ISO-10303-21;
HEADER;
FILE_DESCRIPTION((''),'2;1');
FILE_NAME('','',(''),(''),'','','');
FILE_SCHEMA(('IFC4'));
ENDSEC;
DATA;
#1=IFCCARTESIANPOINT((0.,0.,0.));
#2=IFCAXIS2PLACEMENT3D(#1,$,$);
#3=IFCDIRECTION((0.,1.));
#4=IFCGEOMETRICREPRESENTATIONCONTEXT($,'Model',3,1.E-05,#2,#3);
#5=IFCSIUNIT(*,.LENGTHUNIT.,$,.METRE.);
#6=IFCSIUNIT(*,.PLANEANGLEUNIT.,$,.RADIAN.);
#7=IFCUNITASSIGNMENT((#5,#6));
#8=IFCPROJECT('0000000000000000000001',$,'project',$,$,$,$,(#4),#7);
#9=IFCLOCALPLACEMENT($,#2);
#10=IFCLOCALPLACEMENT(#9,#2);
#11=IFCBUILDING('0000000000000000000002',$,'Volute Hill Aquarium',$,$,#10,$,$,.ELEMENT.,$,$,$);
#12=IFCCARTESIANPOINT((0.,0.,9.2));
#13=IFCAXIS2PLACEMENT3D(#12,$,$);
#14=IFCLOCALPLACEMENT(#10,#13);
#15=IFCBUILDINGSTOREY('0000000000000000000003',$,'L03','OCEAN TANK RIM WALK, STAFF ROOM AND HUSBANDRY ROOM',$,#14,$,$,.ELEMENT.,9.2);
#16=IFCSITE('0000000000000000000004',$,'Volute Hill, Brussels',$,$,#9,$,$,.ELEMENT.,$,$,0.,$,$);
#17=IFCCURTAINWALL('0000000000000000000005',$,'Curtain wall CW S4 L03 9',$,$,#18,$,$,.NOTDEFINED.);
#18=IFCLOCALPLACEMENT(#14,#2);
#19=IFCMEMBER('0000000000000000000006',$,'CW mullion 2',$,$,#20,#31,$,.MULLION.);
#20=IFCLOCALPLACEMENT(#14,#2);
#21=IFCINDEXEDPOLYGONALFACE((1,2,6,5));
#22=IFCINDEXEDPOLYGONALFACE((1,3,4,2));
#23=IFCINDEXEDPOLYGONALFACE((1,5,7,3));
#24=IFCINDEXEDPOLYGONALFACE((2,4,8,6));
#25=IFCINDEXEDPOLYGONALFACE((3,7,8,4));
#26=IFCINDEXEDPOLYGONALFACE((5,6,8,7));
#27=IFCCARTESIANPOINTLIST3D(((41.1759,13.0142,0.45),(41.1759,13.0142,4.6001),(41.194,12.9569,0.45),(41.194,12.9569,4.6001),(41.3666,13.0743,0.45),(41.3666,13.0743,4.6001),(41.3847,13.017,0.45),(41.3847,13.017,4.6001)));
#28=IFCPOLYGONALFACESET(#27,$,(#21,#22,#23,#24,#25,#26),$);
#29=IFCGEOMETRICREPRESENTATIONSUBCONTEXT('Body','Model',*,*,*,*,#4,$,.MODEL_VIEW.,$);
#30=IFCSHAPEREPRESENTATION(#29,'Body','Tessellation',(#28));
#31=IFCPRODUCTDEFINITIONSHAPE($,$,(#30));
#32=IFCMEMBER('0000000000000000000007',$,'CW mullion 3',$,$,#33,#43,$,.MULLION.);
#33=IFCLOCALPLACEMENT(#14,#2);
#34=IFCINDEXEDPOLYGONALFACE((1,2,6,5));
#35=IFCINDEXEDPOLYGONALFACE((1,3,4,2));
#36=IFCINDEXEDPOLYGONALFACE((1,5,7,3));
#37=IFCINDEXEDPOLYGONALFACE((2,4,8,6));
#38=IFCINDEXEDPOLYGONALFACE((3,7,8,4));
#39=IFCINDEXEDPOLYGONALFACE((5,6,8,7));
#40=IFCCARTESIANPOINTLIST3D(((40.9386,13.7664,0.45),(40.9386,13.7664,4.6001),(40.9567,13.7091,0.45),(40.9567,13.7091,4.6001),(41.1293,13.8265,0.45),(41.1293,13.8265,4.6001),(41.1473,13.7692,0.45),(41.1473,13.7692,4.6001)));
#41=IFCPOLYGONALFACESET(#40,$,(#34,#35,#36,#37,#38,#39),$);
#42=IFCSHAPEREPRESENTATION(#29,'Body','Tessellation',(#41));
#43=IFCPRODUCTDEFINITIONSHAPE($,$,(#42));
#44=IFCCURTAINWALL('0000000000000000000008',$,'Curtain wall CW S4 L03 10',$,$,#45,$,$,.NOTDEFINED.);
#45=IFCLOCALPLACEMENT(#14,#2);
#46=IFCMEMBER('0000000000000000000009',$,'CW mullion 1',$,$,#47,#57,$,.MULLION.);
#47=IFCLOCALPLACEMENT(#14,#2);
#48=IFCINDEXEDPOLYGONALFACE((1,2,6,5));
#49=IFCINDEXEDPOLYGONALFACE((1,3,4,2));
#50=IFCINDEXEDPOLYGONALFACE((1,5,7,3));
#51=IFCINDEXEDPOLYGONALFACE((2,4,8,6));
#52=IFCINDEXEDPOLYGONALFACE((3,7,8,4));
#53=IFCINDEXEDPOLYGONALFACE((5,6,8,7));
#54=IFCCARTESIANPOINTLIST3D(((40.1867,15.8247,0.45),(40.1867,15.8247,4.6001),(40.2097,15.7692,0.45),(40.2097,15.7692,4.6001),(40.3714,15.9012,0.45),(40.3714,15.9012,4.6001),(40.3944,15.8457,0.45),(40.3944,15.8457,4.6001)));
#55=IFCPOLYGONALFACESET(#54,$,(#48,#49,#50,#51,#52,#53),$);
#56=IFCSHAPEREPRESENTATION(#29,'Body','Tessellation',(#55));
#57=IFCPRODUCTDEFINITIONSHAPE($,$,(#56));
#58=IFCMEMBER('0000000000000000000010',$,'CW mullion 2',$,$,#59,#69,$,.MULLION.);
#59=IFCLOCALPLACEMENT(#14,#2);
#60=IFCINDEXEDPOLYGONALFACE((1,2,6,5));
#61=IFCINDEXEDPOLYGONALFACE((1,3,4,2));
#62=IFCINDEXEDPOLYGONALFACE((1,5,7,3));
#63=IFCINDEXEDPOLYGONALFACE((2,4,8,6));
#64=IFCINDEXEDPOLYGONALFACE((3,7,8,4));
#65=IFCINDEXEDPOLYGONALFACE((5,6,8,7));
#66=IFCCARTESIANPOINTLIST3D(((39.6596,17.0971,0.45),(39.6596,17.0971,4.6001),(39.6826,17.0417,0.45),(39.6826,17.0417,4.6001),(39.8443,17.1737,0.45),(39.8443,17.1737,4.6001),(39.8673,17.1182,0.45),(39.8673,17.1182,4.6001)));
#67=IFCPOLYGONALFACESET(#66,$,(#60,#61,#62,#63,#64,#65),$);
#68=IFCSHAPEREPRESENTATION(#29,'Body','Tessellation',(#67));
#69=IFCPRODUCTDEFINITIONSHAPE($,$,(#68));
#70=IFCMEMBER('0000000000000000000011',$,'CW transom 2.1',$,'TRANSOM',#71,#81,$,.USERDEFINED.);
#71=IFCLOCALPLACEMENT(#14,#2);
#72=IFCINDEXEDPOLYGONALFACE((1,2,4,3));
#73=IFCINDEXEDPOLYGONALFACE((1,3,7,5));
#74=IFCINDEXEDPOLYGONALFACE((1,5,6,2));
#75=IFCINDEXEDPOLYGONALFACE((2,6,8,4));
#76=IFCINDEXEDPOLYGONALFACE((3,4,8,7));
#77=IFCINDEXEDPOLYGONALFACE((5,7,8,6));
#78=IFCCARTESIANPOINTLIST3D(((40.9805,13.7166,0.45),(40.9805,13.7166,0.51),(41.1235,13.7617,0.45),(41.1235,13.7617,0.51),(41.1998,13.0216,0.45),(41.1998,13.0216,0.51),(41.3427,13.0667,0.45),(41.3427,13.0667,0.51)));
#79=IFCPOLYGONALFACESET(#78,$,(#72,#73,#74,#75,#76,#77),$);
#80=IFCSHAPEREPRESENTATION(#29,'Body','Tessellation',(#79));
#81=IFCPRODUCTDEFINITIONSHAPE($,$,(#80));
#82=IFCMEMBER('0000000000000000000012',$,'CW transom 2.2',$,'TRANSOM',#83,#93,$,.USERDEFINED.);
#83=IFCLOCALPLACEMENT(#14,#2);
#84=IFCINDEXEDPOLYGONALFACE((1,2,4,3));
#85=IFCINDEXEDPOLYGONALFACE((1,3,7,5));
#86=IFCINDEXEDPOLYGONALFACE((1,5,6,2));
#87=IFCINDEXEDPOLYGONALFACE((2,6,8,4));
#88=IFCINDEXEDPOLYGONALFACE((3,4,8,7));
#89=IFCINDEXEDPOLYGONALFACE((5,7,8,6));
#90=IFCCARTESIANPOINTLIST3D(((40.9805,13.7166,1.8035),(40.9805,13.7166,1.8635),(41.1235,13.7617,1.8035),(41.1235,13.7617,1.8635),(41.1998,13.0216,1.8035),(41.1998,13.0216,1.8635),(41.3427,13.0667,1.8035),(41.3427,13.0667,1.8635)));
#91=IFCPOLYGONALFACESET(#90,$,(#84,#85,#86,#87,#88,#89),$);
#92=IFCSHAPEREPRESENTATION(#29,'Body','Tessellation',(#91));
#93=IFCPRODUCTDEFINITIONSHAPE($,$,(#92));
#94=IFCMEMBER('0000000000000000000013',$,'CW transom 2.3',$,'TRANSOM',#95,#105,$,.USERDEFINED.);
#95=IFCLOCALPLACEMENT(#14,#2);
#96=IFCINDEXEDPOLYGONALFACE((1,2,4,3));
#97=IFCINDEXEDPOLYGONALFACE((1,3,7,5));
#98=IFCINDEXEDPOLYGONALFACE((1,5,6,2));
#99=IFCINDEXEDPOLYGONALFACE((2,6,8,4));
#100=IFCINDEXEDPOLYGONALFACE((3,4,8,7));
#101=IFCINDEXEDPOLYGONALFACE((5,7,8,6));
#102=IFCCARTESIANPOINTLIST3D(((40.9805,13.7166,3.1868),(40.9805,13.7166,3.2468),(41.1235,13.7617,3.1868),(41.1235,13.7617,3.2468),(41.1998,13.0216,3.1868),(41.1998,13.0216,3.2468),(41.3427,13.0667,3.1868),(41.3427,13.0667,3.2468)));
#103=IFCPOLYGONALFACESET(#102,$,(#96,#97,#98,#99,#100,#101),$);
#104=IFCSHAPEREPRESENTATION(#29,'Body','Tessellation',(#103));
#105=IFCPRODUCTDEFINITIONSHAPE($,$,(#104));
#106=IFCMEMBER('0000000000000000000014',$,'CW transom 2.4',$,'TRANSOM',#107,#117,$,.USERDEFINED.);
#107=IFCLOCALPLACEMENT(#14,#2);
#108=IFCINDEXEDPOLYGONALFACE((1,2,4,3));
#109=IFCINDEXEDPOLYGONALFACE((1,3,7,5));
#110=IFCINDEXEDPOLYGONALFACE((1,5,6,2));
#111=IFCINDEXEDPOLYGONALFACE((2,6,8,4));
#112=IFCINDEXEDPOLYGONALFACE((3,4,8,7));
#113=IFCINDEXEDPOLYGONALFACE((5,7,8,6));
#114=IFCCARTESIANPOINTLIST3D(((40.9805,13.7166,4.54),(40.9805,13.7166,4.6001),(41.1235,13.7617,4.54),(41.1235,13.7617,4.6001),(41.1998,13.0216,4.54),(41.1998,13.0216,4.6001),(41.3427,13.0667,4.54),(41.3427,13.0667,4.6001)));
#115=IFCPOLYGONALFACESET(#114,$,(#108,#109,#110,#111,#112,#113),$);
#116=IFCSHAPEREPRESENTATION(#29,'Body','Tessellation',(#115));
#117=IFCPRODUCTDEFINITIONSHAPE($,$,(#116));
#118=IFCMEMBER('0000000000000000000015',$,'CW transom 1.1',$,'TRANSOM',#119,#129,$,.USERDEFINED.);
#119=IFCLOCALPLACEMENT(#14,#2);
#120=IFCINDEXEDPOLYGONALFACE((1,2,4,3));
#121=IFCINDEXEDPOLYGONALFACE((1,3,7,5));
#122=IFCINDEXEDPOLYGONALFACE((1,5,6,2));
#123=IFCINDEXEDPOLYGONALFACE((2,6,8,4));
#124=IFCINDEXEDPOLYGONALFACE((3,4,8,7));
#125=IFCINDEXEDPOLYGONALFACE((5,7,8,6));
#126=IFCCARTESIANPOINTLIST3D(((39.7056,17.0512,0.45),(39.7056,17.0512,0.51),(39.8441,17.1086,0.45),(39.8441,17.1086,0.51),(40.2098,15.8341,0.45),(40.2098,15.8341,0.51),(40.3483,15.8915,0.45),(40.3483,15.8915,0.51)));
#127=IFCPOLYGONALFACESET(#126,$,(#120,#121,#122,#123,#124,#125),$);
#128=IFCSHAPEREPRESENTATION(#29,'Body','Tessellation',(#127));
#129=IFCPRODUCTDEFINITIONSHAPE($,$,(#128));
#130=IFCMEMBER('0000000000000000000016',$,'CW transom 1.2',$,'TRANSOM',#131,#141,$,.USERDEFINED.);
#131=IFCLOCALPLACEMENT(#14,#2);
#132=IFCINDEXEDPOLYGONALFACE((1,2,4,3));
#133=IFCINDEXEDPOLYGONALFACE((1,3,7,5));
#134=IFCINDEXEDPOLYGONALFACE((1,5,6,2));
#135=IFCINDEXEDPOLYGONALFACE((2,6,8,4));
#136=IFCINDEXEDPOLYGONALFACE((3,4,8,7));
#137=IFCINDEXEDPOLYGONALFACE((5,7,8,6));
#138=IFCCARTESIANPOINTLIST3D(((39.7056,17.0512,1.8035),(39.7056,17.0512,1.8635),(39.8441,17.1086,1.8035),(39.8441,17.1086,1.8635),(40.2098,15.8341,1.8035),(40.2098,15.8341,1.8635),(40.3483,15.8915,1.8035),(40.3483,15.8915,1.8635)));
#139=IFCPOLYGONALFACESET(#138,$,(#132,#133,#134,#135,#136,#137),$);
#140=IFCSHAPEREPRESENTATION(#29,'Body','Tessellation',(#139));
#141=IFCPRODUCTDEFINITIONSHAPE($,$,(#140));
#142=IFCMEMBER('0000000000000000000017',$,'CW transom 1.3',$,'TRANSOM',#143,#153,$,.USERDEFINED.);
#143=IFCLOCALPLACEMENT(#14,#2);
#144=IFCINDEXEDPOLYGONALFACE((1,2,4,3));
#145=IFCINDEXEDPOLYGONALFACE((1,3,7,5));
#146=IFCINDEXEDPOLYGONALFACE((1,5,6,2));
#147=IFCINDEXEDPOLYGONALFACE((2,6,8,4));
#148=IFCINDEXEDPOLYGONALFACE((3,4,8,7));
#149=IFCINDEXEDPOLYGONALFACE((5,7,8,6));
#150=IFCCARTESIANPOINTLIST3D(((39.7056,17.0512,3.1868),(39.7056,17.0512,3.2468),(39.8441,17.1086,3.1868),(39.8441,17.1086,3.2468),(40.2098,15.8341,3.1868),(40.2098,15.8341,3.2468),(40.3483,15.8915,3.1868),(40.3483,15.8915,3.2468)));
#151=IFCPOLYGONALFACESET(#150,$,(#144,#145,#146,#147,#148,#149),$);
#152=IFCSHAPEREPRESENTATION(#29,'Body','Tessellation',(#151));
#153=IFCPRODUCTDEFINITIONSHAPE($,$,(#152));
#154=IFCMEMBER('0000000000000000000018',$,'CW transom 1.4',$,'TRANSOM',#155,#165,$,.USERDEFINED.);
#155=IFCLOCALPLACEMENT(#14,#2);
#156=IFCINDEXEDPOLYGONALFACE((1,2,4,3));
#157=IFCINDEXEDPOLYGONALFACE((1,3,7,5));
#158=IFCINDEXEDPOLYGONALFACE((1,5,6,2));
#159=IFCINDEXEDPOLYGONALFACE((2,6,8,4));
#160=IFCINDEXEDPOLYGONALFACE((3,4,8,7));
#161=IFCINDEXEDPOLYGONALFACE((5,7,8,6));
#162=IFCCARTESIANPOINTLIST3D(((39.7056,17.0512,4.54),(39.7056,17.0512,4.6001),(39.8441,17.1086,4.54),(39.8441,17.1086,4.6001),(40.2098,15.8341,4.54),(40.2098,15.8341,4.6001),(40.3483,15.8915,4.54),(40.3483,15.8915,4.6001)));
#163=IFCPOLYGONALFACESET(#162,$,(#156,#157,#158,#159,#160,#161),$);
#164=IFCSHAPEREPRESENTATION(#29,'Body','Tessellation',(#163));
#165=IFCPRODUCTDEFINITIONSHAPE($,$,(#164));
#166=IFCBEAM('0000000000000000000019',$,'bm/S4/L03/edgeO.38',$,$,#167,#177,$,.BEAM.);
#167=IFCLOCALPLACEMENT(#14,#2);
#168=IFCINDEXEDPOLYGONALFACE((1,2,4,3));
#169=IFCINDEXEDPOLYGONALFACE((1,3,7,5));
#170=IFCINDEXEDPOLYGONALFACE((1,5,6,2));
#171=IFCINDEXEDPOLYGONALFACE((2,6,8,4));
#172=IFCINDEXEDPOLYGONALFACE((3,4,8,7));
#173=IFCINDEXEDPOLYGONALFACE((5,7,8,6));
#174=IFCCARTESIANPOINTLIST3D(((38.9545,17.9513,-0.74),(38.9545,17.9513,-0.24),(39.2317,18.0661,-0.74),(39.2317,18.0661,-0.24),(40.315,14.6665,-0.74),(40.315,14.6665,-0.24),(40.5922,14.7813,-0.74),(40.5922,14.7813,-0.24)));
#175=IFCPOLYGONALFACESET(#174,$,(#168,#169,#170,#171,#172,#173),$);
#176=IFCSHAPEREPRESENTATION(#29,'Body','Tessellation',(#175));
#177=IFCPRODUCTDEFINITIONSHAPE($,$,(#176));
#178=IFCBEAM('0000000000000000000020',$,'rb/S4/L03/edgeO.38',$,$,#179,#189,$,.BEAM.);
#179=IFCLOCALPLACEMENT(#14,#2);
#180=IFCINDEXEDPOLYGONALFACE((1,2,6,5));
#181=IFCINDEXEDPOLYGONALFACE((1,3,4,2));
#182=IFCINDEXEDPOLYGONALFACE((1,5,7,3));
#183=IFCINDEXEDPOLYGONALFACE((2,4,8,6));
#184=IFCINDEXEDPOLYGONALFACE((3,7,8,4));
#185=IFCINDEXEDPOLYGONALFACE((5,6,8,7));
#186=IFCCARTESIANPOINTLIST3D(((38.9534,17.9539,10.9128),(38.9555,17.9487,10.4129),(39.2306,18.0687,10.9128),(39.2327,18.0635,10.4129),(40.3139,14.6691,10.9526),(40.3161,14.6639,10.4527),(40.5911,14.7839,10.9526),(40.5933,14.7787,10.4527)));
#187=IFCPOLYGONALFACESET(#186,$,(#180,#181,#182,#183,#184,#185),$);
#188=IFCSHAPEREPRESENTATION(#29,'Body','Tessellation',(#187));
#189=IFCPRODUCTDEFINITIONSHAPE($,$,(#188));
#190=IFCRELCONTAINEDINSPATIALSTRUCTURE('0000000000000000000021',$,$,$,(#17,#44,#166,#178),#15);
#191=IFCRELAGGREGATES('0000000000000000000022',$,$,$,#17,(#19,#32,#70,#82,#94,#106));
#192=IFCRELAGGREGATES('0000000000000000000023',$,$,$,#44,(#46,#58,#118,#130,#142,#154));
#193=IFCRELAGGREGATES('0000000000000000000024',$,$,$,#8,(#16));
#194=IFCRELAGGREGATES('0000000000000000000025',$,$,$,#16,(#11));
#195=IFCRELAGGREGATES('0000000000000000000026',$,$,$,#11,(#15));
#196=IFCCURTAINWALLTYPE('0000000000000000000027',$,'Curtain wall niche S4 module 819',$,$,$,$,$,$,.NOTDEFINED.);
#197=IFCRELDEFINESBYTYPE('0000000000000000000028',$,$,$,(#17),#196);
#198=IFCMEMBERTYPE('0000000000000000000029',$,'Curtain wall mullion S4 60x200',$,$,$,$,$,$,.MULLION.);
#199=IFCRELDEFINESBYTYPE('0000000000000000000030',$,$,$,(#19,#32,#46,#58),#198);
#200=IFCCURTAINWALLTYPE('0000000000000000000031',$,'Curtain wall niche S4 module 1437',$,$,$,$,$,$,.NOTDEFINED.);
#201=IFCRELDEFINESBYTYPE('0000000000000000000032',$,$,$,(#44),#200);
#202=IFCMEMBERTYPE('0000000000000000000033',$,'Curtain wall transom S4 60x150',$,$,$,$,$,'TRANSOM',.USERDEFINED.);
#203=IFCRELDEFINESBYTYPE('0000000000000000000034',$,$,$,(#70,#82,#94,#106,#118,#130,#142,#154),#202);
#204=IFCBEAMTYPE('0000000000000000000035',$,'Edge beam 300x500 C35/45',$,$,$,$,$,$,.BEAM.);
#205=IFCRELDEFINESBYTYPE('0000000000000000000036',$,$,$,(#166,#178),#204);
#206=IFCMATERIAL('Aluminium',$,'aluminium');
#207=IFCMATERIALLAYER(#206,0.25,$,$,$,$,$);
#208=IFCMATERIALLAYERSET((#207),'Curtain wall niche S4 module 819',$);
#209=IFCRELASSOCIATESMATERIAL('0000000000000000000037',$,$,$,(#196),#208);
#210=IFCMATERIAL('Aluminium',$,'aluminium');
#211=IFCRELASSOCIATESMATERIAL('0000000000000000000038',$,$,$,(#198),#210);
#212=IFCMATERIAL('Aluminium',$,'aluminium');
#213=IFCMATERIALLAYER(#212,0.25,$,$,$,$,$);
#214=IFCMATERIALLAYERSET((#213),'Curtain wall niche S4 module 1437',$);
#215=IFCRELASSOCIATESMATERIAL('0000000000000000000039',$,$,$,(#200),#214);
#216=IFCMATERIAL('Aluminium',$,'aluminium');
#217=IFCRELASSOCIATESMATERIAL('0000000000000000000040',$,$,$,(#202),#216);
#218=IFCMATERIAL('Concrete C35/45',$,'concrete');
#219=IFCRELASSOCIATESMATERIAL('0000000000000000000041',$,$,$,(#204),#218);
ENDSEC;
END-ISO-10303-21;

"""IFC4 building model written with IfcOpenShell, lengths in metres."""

from ifc_helpers import new_model, si_unit, direction, frame, origin, origin_2d, place, context, subcontext, project, spatial, rectangle, extrude, material, layer, layer_set, material_profile, profile_set, type_object, element, aggregate, save


model = new_model("IFC4")

# Units and contexts
model_context = context("Model", 3, precision=1e-05, world=origin(), true_north=direction((0.0, 1.0)))
body_context = subcontext(model_context, "Body", "Model", "MODEL_VIEW")
ifc_project = project(units=[si_unit("LENGTHUNIT", "METRE"), si_unit("PLANEANGLEUNIT", "RADIAN")], contexts=[model_context])

# Site, building, storey
site_placement = place(None, origin())
site = spatial("IfcSite", under=ifc_project, at=site_placement, Name="Volute Hill, Brussels", CompositionType="ELEMENT", RefElevation=0.0)
building_placement = place(site_placement, origin())
building = spatial("IfcBuilding", under=site, at=building_placement, Name="Volute Hill Aquarium", CompositionType="ELEMENT")
storey_placement = place(building_placement, frame((0.0, 0.0, 9.2)))
storey = spatial("IfcBuildingStorey", under=building, at=storey_placement, Name="L03", Description="OCEAN TANK RIM WALK, STAFF ROOM AND HUSBANDRY ROOM", CompositionType="ELEMENT", Elevation=9.2)

# Curtain walls, members
ifc_material_1 = material(Name="Aluminium", Category="aluminium")
ifc_layer_1 = layer(ifc_material_1, 0.25)
ifc_layer_set_1 = layer_set([ifc_layer_1], Name="Curtain wall niche S4 module 819")
curtain_wall_type_1 = type_object("IfcCurtainWallType", Name="Curtain wall niche S4 module 819", PredefinedType="NOTDEFINED", material=ifc_layer_set_1)
curtain_wall_1_placement = place(storey_placement, origin())
curtain_wall_1 = element("IfcCurtainWall", 1, at=curtain_wall_1_placement, inside=storey, type_object=curtain_wall_type_1, Name="Curtain wall CW S4 L03 9", PredefinedType="NOTDEFINED")
ifc_material_2 = material(Name="Aluminium", Category="aluminium")
ifc_material_profile_1 = material_profile(ifc_material_2, rectangle(XDim=0.2, YDim=0.0601, at=origin_2d()), Name="Curtain wall mullion S4 60x200")
ifc_profile_set_1 = profile_set([ifc_material_profile_1], Name="Aluminium")
member_type_1 = type_object("IfcMemberType", Name="Curtain wall mullion S4 60x200", PredefinedType="MULLION", material=ifc_profile_set_1)
member_1_placement = place(storey_placement, frame((41.2803, 13.0156, 0.45), z_axis=(0.0, 0.0, 1.0), x_axis=(-0.953716, -0.30071, 0.0)))
member_1 = element("IfcMember", 2, at=member_1_placement, type_object=member_type_1, Name="CW mullion 2", PredefinedType="MULLION", context=body_context, shape_type="SweptSolid", body=[
    extrude(rectangle(XDim=0.2, YDim=0.0601, at=origin_2d()), origin(), (0.0, 0.0, 1.0), 4.1501),
])
member_2_placement = place(storey_placement, frame((41.043, 13.7678, 0.45), z_axis=(0.0, 0.0, 1.0), x_axis=(-0.953716, -0.30071, 0.0)))
member_2 = element("IfcMember", 3, at=member_2_placement, type_object=member_type_1, Name="CW mullion 3", PredefinedType="MULLION", context=body_context, shape_type="SweptSolid", body=[
    extrude(rectangle(XDim=0.2, YDim=0.0601, at=origin_2d()), origin(), (0.0, 0.0, 1.0), 4.1501),
])
ifc_material_3 = material(Name="Aluminium", Category="aluminium")
ifc_layer_2 = layer(ifc_material_3, 0.25)
ifc_layer_set_2 = layer_set([ifc_layer_2], Name="Curtain wall niche S4 module 1437")
curtain_wall_type_2 = type_object("IfcCurtainWallType", Name="Curtain wall niche S4 module 1437", PredefinedType="NOTDEFINED", material=ifc_layer_set_2)
curtain_wall_2_placement = place(storey_placement, origin())
curtain_wall_2 = element("IfcCurtainWall", 4, at=curtain_wall_2_placement, inside=storey, type_object=curtain_wall_type_2, Name="Curtain wall CW S4 L03 10", PredefinedType="NOTDEFINED")
member_3_placement = place(storey_placement, frame((40.2905, 15.8352, 0.45), z_axis=(0.0, 0.0, 1.0), x_axis=(-0.923874, -0.382697, 0.0)))
member_3 = element("IfcMember", 5, at=member_3_placement, type_object=member_type_1, Name="CW mullion 1", PredefinedType="MULLION", context=body_context, shape_type="SweptSolid", body=[
    extrude(rectangle(XDim=0.2, YDim=0.0601, at=origin_2d()), origin(), (0.0, 0.0, 1.0), 4.1501),
])
member_4_placement = place(storey_placement, frame((39.7634, 17.1077, 0.45), z_axis=(0.0, 0.0, 1.0), x_axis=(-0.923874, -0.382697, 0.0)))
member_4 = element("IfcMember", 6, at=member_4_placement, type_object=member_type_1, Name="CW mullion 2", PredefinedType="MULLION", context=body_context, shape_type="SweptSolid", body=[
    extrude(rectangle(XDim=0.2, YDim=0.0601, at=origin_2d()), origin(), (0.0, 0.0, 1.0), 4.1501),
])

# Members
ifc_material_4 = material(Name="Aluminium", Category="aluminium")
ifc_material_profile_2 = material_profile(ifc_material_4, rectangle(XDim=0.1499, YDim=0.0601, at=origin_2d()), Name="Curtain wall transom S4 60x150")
ifc_profile_set_2 = profile_set([ifc_material_profile_2], Name="Aluminium")
member_type_2 = type_object("IfcMemberType", Name="Curtain wall transom S4 60x150", ElementType="TRANSOM", PredefinedType="USERDEFINED", material=ifc_profile_set_2)
member_5_placement = place(storey_placement, frame((41.2712, 13.0442, 0.48), z_axis=(-0.300811, 0.953684, 0.0), x_axis=(-0.953684, -0.300811, 0.0)))
member_5 = element("IfcMember", 7, at=member_5_placement, type_object=member_type_2, Name="CW transom 2.1", ObjectType="TRANSOM", PredefinedType="USERDEFINED", context=body_context, shape_type="SweptSolid", body=[
    extrude(rectangle(XDim=0.1499, YDim=0.0601, at=origin_2d()), origin(), (0.0, 0.0, 1.0), 0.7288),
])
member_6_placement = place(storey_placement, frame((41.2712, 13.0442, 1.8335), z_axis=(-0.300811, 0.953684, 0.0), x_axis=(-0.953684, -0.300811, 0.0)))
member_6 = element("IfcMember", 8, at=member_6_placement, type_object=member_type_2, Name="CW transom 2.2", ObjectType="TRANSOM", PredefinedType="USERDEFINED", context=body_context, shape_type="SweptSolid", body=[
    extrude(rectangle(XDim=0.1499, YDim=0.0601, at=origin_2d()), origin(), (0.0, 0.0, 1.0), 0.7288),
])
member_7_placement = place(storey_placement, frame((41.2712, 13.0442, 3.2168), z_axis=(-0.300811, 0.953684, 0.0), x_axis=(-0.953684, -0.300811, 0.0)))
member_7 = element("IfcMember", 9, at=member_7_placement, type_object=member_type_2, Name="CW transom 2.3", ObjectType="TRANSOM", PredefinedType="USERDEFINED", context=body_context, shape_type="SweptSolid", body=[
    extrude(rectangle(XDim=0.1499, YDim=0.0601, at=origin_2d()), origin(), (0.0, 0.0, 1.0), 0.7288),
])
member_8_placement = place(storey_placement, frame((41.2712, 13.0442, 4.5701), z_axis=(-0.300811, 0.953684, 0.0), x_axis=(-0.953684, -0.300811, 0.0)))
member_8 = element("IfcMember", 10, at=member_8_placement, type_object=member_type_2, Name="CW transom 2.4", ObjectType="TRANSOM", PredefinedType="USERDEFINED", context=body_context, shape_type="SweptSolid", body=[
    extrude(rectangle(XDim=0.1499, YDim=0.0601, at=origin_2d()), origin(), (0.0, 0.0, 1.0), 0.7288),
])
member_9_placement = place(storey_placement, frame((40.2791, 15.8628, 0.48), z_axis=(-0.382706, 0.92387, 0.0), x_axis=(-0.92387, -0.382706, 0.0)))
member_9 = element("IfcMember", 11, at=member_9_placement, type_object=member_type_2, Name="CW transom 1.1", ObjectType="TRANSOM", PredefinedType="USERDEFINED", context=body_context, shape_type="SweptSolid", body=[
    extrude(rectangle(XDim=0.1499, YDim=0.0601, at=origin_2d()), origin(), (0.0, 0.0, 1.0), 1.3174),
])
member_10_placement = place(storey_placement, frame((40.2791, 15.8628, 1.8335), z_axis=(-0.382706, 0.92387, 0.0), x_axis=(-0.92387, -0.382706, 0.0)))
member_10 = element("IfcMember", 12, at=member_10_placement, type_object=member_type_2, Name="CW transom 1.2", ObjectType="TRANSOM", PredefinedType="USERDEFINED", context=body_context, shape_type="SweptSolid", body=[
    extrude(rectangle(XDim=0.1499, YDim=0.0601, at=origin_2d()), origin(), (0.0, 0.0, 1.0), 1.3174),
])
member_11_placement = place(storey_placement, frame((40.2791, 15.8628, 3.2168), z_axis=(-0.382706, 0.92387, 0.0), x_axis=(-0.92387, -0.382706, 0.0)))
member_11 = element("IfcMember", 13, at=member_11_placement, type_object=member_type_2, Name="CW transom 1.3", ObjectType="TRANSOM", PredefinedType="USERDEFINED", context=body_context, shape_type="SweptSolid", body=[
    extrude(rectangle(XDim=0.1499, YDim=0.0601, at=origin_2d()), origin(), (0.0, 0.0, 1.0), 1.3174),
])
member_12_placement = place(storey_placement, frame((40.2791, 15.8628, 4.5701), z_axis=(-0.382706, 0.92387, 0.0), x_axis=(-0.92387, -0.382706, 0.0)))
member_12 = element("IfcMember", 14, at=member_12_placement, type_object=member_type_2, Name="CW transom 1.4", ObjectType="TRANSOM", PredefinedType="USERDEFINED", context=body_context, shape_type="SweptSolid", body=[
    extrude(rectangle(XDim=0.1499, YDim=0.0601, at=origin_2d()), origin(), (0.0, 0.0, 1.0), 1.3174),
])

# Beams
ifc_material_5 = material(Name="Concrete C35/45", Category="concrete")
ifc_material_profile_3 = material_profile(ifc_material_5, rectangle(XDim=0.3, YDim=0.5, at=origin_2d()), Name="RC edge beam 300x500")
ifc_profile_set_3 = profile_set([ifc_material_profile_3], Name="Concrete C35/45")
beam_type_1 = type_object("IfcBeamType", Name="Edge beam 300x500 C35/45", PredefinedType="BEAM", material=ifc_profile_set_3)
beam_1_placement = place(storey_placement, frame((40.4536, 14.7239, -0.49), z_axis=(-0.382669, 0.923885, 0.0), x_axis=(-0.923885, -0.382669, 0.0)))
element("IfcBeam", 15, at=beam_1_placement, inside=storey, type_object=beam_type_1, Name="bm/S4/L03/edgeO.38", PredefinedType="BEAM", context=body_context, shape_type="SweptSolid", body=[
    extrude(rectangle(XDim=0.3, YDim=0.5, at=origin_2d()), origin(), (0.0, 0.0, 1.0), 3.5554),
])
beam_2_placement = place(storey_placement, frame((40.4536, 14.7239, 10.7026), z_axis=(-0.382645, 0.923828, -0.011192), x_axis=(-0.923885, -0.382669, 0.0)))
element("IfcBeam", 16, at=beam_2_placement, inside=storey, type_object=beam_type_1, Name="rb/S4/L03/edgeO.38", PredefinedType="BEAM", context=body_context, shape_type="SweptSolid", body=[
    extrude(rectangle(XDim=0.3, YDim=0.5, at=origin_2d()), origin(), (0.0, 0.0, 1.0), 3.5557),
])

aggregate(curtain_wall_1, [member_1, member_2, member_5, member_6, member_7, member_8])
aggregate(curtain_wall_2, [member_3, member_4, member_9, member_10, member_11, member_12])

save(model, "model.ifc")
